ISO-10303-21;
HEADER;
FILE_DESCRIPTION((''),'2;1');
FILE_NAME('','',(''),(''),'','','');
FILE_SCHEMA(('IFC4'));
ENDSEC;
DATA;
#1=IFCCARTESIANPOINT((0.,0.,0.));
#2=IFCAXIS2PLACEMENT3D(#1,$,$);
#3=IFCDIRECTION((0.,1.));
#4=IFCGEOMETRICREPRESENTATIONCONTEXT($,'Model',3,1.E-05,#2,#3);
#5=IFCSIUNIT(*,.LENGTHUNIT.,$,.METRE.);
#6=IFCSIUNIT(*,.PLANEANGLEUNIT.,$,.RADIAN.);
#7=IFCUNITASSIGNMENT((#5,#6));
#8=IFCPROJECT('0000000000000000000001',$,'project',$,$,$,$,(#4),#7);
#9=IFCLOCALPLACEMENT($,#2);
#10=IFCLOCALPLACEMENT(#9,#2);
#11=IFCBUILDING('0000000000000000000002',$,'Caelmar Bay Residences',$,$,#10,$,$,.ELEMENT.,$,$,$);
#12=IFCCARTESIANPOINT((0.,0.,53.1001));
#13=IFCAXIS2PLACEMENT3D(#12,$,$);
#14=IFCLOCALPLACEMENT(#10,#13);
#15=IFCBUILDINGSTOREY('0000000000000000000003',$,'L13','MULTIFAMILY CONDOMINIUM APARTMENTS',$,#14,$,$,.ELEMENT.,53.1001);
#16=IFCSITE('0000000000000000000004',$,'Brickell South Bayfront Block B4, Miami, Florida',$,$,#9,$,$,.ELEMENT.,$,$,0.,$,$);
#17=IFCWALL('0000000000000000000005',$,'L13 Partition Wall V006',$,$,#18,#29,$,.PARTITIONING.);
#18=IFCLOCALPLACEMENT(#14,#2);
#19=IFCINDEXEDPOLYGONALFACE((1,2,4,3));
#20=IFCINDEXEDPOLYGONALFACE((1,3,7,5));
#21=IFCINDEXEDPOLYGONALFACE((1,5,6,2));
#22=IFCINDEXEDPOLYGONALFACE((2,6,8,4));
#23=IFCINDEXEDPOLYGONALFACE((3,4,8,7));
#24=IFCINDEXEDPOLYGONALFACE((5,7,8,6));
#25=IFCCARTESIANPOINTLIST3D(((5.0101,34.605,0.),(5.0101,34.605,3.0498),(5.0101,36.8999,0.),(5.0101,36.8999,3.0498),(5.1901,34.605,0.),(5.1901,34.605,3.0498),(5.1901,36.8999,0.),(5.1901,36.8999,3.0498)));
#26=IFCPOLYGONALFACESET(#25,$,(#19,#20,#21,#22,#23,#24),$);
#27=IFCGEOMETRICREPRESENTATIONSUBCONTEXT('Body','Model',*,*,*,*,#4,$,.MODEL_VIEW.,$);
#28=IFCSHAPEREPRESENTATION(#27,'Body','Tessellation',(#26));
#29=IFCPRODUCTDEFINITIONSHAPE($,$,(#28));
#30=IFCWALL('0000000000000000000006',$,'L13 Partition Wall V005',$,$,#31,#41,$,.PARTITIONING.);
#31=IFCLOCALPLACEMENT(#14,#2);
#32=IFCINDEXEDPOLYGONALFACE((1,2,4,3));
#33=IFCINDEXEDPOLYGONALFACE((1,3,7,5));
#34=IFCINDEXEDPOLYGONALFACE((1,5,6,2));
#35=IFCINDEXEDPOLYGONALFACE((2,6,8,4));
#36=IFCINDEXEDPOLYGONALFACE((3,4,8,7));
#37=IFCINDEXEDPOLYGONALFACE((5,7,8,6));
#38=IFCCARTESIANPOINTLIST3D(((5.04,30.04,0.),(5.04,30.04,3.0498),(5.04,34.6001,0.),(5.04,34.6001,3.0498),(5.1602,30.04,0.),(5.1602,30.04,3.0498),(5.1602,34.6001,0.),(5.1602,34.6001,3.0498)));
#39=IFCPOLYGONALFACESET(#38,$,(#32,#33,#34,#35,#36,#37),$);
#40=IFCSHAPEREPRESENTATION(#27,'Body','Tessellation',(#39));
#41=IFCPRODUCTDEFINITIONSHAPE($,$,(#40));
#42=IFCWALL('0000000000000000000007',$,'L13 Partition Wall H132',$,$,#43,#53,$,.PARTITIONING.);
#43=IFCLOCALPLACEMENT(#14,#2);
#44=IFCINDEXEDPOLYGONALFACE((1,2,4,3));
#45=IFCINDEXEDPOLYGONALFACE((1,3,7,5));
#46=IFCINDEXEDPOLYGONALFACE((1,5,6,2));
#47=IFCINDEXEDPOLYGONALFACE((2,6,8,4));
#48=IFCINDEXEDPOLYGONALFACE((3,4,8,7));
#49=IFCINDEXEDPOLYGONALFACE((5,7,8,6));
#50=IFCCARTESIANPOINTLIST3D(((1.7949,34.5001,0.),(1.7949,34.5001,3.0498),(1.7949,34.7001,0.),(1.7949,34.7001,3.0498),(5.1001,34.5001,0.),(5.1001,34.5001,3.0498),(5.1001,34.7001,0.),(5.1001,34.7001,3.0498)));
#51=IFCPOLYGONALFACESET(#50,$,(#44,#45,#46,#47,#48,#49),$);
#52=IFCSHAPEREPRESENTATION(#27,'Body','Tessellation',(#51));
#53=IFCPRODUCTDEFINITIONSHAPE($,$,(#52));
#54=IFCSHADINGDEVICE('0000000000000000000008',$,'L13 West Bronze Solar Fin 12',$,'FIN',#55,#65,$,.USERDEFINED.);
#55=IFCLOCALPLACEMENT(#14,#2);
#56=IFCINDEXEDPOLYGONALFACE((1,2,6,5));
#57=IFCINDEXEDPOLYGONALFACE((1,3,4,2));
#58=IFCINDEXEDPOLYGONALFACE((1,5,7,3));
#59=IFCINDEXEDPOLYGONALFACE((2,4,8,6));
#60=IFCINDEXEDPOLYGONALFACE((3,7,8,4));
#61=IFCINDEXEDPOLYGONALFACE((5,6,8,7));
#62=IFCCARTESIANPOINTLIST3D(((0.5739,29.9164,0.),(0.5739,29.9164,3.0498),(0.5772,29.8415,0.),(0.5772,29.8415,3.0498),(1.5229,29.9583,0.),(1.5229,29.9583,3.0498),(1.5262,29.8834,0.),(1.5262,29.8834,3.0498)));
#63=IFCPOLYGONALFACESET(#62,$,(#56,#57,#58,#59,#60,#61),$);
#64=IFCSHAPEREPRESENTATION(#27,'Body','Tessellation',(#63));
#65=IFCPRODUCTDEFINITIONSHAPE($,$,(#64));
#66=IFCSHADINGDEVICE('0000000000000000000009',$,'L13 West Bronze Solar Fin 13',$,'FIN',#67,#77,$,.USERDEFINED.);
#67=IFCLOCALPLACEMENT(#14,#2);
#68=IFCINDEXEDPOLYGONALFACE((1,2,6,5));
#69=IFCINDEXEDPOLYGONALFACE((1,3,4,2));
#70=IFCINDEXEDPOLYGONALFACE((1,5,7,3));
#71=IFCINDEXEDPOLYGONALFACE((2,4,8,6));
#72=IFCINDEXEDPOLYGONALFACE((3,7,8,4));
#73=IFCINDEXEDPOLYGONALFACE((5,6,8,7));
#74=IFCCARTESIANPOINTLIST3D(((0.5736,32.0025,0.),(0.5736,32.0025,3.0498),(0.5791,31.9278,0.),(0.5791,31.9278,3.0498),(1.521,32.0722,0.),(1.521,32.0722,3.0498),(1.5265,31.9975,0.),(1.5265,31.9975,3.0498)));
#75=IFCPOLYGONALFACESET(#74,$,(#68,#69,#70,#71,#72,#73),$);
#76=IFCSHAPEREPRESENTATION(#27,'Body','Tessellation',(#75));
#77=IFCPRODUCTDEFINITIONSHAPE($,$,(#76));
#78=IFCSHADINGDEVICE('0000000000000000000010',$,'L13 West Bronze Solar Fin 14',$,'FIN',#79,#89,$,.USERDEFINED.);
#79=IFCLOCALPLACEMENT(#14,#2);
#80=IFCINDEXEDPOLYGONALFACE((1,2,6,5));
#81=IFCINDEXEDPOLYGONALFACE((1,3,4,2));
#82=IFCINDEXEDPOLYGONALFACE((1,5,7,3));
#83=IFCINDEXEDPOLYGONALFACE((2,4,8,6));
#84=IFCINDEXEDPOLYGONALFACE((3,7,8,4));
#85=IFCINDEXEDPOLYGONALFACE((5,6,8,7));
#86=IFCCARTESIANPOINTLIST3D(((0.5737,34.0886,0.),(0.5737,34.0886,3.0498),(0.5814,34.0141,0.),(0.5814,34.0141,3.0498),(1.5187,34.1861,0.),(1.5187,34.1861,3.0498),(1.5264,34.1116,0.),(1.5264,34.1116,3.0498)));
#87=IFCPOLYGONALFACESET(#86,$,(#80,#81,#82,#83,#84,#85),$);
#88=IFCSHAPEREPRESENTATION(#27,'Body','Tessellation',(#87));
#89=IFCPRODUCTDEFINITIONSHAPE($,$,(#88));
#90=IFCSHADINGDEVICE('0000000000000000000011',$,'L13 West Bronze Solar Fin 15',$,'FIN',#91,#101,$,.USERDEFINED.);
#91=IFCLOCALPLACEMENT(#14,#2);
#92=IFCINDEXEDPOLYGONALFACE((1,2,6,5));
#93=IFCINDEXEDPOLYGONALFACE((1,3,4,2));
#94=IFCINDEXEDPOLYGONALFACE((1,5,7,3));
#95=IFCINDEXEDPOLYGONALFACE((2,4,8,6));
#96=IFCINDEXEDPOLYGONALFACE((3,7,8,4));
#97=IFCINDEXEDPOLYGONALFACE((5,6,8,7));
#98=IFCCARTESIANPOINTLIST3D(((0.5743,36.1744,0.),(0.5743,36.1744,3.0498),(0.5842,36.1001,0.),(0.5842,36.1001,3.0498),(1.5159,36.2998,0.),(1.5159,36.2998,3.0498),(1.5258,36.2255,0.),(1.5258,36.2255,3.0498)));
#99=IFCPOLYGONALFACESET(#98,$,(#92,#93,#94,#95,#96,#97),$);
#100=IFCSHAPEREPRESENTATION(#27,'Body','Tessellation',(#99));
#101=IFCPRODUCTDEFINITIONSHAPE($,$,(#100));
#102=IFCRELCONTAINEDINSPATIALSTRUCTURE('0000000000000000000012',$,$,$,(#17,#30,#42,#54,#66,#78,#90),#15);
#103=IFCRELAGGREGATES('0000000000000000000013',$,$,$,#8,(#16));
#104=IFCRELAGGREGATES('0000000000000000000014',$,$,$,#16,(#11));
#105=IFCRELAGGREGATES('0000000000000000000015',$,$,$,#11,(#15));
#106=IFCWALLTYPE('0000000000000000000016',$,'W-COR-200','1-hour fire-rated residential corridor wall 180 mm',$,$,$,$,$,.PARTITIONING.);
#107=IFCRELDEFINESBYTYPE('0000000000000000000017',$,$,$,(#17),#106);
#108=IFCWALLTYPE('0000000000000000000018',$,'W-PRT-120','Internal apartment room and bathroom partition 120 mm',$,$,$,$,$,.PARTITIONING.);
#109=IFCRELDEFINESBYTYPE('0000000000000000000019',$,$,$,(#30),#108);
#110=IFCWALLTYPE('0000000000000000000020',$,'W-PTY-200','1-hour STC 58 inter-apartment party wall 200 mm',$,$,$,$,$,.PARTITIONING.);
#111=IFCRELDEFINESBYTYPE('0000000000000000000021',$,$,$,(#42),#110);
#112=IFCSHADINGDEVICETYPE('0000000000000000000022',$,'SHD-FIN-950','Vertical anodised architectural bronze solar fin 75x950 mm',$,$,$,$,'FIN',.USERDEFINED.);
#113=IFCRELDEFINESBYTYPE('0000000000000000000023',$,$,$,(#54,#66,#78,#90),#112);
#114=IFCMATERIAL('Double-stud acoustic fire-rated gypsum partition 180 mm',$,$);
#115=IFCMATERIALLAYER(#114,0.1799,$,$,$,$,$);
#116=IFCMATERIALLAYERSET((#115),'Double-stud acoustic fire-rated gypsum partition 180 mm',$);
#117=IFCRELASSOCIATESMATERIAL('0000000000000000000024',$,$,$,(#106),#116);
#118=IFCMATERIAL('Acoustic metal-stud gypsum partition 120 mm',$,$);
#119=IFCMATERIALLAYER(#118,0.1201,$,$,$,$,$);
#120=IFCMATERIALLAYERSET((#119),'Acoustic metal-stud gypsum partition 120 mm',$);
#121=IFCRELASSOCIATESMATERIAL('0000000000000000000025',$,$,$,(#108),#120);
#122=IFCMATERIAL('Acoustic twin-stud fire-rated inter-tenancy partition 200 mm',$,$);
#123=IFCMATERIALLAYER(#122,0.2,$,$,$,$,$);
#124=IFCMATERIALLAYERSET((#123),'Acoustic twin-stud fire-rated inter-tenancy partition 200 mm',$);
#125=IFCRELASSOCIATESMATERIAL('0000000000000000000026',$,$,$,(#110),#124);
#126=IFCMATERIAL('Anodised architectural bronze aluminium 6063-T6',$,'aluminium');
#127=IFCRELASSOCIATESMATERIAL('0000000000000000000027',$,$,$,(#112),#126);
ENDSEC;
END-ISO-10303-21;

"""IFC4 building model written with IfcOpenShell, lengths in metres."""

from ifc_helpers import new_model, si_unit, direction, frame, frame_2d, origin, origin_2d, place, context, subcontext, project, spatial, rectangle, extrude, material, layer, layer_set, material_profile, profile_set, type_object, element, save


model = new_model("IFC4")

# Units and contexts
model_context = context("Model", 3, precision=1e-05, world=origin(), true_north=direction((0.0, 1.0)))
body_context = subcontext(model_context, "Body", "Model", "MODEL_VIEW")
ifc_project = project(units=[si_unit("LENGTHUNIT", "METRE"), si_unit("PLANEANGLEUNIT", "RADIAN")], contexts=[model_context])

# Site, building, storey
site_placement = place(None, origin())
site = spatial("IfcSite", under=ifc_project, at=site_placement, Name="Brickell South Bayfront Block B4, Miami, Florida", CompositionType="ELEMENT", RefElevation=0.0)
building_placement = place(site_placement, origin())
building = spatial("IfcBuilding", under=site, at=building_placement, Name="Caelmar Bay Residences", CompositionType="ELEMENT")
storey_placement = place(building_placement, frame((0.0, 0.0, 53.1001)))
storey = spatial("IfcBuildingStorey", under=building, at=storey_placement, Name="L13", Description="MULTIFAMILY CONDOMINIUM APARTMENTS", CompositionType="ELEMENT", Elevation=53.1001)

# Walls
ifc_material_1 = material(Name="Double-stud acoustic fire-rated gypsum partition 180 mm")
ifc_layer_1 = layer(ifc_material_1, 0.1799)
ifc_layer_set_1 = layer_set([ifc_layer_1], Name="Double-stud acoustic fire-rated gypsum partition 180 mm")
wall_type_1 = type_object("IfcWallType", Name="W-COR-200", Description="1-hour fire-rated residential corridor wall 180 mm", PredefinedType="PARTITIONING", material=ifc_layer_set_1)
wall_1_placement = place(storey_placement, frame((5.1001, 34.605, 0.0), z_axis=(0.0, 0.0, 1.0), x_axis=(0.0, 1.0, 0.0)))
element("IfcWall", 1, at=wall_1_placement, inside=storey, type_object=wall_type_1, Name="L13 Partition Wall V006", PredefinedType="PARTITIONING", context=body_context, shape_type="SweptSolid", body=[
    extrude(rectangle(XDim=2.2949, YDim=0.1799, at=frame_2d((1.1475, 0.0))), origin(), (0.0, 0.0, 1.0), 3.0498),
])
ifc_material_2 = material(Name="Acoustic metal-stud gypsum partition 120 mm")
ifc_layer_2 = layer(ifc_material_2, 0.1201)
ifc_layer_set_2 = layer_set([ifc_layer_2], Name="Acoustic metal-stud gypsum partition 120 mm")
wall_type_2 = type_object("IfcWallType", Name="W-PRT-120", Description="Internal apartment room and bathroom partition 120 mm", PredefinedType="PARTITIONING", material=ifc_layer_set_2)
wall_2_placement = place(storey_placement, frame((5.1001, 30.04, 0.0), z_axis=(0.0, 0.0, 1.0), x_axis=(0.0, 1.0, 0.0)))
element("IfcWall", 2, at=wall_2_placement, inside=storey, type_object=wall_type_2, Name="L13 Partition Wall V005", PredefinedType="PARTITIONING", context=body_context, shape_type="SweptSolid", body=[
    extrude(rectangle(XDim=4.5601, YDim=0.1201, at=frame_2d((2.28, 0.0))), origin(), (0.0, 0.0, 1.0), 3.0498),
])
ifc_material_3 = material(Name="Acoustic twin-stud fire-rated inter-tenancy partition 200 mm")
ifc_layer_3 = layer(ifc_material_3, 0.2)
ifc_layer_set_3 = layer_set([ifc_layer_3], Name="Acoustic twin-stud fire-rated inter-tenancy partition 200 mm")
wall_type_3 = type_object("IfcWallType", Name="W-PTY-200", Description="1-hour STC 58 inter-apartment party wall 200 mm", PredefinedType="PARTITIONING", material=ifc_layer_set_3)
wall_3_placement = place(storey_placement, frame((1.7949, 34.6001, 0.0), z_axis=(0.0, 0.0, 1.0), x_axis=(1.0, 0.0, 0.0)))
element("IfcWall", 3, at=wall_3_placement, inside=storey, type_object=wall_type_3, Name="L13 Partition Wall H132", PredefinedType="PARTITIONING", context=body_context, shape_type="SweptSolid", body=[
    extrude(rectangle(XDim=3.3052, YDim=0.2, at=frame_2d((1.6526, 0.0))), origin(), (0.0, 0.0, 1.0), 3.0498),
])

# Shading devices
ifc_material_4 = material(Name="Anodised architectural bronze aluminium 6063-T6", Category="aluminium")
ifc_material_profile = material_profile(ifc_material_4, rectangle(XDim=0.075, YDim=0.95, at=origin_2d()), Name="BRONZE-FIN-75X950")
ifc_profile_set = profile_set([ifc_material_profile], Name="Anodised architectural bronze aluminium 6063-T6")
shading_device_type = type_object("IfcShadingDeviceType", Name="SHD-FIN-950", Description="Vertical anodised architectural bronze solar fin 75x950 mm", ElementType="FIN", PredefinedType="USERDEFINED", material=ifc_profile_set)
for number, where, z_axis, x_axis, name in (
    (4, (1.05, 29.8999, 0.0), (0.0, 0.0, 1.0), (-0.044142, 0.999025, 0.0), "L13 West Bronze Solar Fin 12"),
    (5, (1.05, 32.0, 0.0), (0.0, 0.0, 1.0), (-0.073412, 0.997302, 0.0), "L13 West Bronze Solar Fin 13"),
    (6, (1.05, 34.1001, 0.0), (0.0, 0.0, 1.0), (-0.102619, 0.994721, 0.0), "L13 West Bronze Solar Fin 14"),
    (7, (1.05, 36.2, 0.0), (0.0, 0.0, 1.0), (-0.13191, 0.991262, 0.0), "L13 West Bronze Solar Fin 15"),
):
    element("IfcShadingDevice", number, at=place(storey_placement, frame(where, z_axis=z_axis, x_axis=x_axis)), inside=storey, type_object=shading_device_type, Name=name, ObjectType="FIN", PredefinedType="USERDEFINED", context=body_context, shape_type="SweptSolid", body=[
        extrude(rectangle(XDim=0.075, YDim=0.95, at=origin_2d()), origin(), (0.0, 0.0, 1.0), 3.0498),
    ])

save(model, "model.ifc")
